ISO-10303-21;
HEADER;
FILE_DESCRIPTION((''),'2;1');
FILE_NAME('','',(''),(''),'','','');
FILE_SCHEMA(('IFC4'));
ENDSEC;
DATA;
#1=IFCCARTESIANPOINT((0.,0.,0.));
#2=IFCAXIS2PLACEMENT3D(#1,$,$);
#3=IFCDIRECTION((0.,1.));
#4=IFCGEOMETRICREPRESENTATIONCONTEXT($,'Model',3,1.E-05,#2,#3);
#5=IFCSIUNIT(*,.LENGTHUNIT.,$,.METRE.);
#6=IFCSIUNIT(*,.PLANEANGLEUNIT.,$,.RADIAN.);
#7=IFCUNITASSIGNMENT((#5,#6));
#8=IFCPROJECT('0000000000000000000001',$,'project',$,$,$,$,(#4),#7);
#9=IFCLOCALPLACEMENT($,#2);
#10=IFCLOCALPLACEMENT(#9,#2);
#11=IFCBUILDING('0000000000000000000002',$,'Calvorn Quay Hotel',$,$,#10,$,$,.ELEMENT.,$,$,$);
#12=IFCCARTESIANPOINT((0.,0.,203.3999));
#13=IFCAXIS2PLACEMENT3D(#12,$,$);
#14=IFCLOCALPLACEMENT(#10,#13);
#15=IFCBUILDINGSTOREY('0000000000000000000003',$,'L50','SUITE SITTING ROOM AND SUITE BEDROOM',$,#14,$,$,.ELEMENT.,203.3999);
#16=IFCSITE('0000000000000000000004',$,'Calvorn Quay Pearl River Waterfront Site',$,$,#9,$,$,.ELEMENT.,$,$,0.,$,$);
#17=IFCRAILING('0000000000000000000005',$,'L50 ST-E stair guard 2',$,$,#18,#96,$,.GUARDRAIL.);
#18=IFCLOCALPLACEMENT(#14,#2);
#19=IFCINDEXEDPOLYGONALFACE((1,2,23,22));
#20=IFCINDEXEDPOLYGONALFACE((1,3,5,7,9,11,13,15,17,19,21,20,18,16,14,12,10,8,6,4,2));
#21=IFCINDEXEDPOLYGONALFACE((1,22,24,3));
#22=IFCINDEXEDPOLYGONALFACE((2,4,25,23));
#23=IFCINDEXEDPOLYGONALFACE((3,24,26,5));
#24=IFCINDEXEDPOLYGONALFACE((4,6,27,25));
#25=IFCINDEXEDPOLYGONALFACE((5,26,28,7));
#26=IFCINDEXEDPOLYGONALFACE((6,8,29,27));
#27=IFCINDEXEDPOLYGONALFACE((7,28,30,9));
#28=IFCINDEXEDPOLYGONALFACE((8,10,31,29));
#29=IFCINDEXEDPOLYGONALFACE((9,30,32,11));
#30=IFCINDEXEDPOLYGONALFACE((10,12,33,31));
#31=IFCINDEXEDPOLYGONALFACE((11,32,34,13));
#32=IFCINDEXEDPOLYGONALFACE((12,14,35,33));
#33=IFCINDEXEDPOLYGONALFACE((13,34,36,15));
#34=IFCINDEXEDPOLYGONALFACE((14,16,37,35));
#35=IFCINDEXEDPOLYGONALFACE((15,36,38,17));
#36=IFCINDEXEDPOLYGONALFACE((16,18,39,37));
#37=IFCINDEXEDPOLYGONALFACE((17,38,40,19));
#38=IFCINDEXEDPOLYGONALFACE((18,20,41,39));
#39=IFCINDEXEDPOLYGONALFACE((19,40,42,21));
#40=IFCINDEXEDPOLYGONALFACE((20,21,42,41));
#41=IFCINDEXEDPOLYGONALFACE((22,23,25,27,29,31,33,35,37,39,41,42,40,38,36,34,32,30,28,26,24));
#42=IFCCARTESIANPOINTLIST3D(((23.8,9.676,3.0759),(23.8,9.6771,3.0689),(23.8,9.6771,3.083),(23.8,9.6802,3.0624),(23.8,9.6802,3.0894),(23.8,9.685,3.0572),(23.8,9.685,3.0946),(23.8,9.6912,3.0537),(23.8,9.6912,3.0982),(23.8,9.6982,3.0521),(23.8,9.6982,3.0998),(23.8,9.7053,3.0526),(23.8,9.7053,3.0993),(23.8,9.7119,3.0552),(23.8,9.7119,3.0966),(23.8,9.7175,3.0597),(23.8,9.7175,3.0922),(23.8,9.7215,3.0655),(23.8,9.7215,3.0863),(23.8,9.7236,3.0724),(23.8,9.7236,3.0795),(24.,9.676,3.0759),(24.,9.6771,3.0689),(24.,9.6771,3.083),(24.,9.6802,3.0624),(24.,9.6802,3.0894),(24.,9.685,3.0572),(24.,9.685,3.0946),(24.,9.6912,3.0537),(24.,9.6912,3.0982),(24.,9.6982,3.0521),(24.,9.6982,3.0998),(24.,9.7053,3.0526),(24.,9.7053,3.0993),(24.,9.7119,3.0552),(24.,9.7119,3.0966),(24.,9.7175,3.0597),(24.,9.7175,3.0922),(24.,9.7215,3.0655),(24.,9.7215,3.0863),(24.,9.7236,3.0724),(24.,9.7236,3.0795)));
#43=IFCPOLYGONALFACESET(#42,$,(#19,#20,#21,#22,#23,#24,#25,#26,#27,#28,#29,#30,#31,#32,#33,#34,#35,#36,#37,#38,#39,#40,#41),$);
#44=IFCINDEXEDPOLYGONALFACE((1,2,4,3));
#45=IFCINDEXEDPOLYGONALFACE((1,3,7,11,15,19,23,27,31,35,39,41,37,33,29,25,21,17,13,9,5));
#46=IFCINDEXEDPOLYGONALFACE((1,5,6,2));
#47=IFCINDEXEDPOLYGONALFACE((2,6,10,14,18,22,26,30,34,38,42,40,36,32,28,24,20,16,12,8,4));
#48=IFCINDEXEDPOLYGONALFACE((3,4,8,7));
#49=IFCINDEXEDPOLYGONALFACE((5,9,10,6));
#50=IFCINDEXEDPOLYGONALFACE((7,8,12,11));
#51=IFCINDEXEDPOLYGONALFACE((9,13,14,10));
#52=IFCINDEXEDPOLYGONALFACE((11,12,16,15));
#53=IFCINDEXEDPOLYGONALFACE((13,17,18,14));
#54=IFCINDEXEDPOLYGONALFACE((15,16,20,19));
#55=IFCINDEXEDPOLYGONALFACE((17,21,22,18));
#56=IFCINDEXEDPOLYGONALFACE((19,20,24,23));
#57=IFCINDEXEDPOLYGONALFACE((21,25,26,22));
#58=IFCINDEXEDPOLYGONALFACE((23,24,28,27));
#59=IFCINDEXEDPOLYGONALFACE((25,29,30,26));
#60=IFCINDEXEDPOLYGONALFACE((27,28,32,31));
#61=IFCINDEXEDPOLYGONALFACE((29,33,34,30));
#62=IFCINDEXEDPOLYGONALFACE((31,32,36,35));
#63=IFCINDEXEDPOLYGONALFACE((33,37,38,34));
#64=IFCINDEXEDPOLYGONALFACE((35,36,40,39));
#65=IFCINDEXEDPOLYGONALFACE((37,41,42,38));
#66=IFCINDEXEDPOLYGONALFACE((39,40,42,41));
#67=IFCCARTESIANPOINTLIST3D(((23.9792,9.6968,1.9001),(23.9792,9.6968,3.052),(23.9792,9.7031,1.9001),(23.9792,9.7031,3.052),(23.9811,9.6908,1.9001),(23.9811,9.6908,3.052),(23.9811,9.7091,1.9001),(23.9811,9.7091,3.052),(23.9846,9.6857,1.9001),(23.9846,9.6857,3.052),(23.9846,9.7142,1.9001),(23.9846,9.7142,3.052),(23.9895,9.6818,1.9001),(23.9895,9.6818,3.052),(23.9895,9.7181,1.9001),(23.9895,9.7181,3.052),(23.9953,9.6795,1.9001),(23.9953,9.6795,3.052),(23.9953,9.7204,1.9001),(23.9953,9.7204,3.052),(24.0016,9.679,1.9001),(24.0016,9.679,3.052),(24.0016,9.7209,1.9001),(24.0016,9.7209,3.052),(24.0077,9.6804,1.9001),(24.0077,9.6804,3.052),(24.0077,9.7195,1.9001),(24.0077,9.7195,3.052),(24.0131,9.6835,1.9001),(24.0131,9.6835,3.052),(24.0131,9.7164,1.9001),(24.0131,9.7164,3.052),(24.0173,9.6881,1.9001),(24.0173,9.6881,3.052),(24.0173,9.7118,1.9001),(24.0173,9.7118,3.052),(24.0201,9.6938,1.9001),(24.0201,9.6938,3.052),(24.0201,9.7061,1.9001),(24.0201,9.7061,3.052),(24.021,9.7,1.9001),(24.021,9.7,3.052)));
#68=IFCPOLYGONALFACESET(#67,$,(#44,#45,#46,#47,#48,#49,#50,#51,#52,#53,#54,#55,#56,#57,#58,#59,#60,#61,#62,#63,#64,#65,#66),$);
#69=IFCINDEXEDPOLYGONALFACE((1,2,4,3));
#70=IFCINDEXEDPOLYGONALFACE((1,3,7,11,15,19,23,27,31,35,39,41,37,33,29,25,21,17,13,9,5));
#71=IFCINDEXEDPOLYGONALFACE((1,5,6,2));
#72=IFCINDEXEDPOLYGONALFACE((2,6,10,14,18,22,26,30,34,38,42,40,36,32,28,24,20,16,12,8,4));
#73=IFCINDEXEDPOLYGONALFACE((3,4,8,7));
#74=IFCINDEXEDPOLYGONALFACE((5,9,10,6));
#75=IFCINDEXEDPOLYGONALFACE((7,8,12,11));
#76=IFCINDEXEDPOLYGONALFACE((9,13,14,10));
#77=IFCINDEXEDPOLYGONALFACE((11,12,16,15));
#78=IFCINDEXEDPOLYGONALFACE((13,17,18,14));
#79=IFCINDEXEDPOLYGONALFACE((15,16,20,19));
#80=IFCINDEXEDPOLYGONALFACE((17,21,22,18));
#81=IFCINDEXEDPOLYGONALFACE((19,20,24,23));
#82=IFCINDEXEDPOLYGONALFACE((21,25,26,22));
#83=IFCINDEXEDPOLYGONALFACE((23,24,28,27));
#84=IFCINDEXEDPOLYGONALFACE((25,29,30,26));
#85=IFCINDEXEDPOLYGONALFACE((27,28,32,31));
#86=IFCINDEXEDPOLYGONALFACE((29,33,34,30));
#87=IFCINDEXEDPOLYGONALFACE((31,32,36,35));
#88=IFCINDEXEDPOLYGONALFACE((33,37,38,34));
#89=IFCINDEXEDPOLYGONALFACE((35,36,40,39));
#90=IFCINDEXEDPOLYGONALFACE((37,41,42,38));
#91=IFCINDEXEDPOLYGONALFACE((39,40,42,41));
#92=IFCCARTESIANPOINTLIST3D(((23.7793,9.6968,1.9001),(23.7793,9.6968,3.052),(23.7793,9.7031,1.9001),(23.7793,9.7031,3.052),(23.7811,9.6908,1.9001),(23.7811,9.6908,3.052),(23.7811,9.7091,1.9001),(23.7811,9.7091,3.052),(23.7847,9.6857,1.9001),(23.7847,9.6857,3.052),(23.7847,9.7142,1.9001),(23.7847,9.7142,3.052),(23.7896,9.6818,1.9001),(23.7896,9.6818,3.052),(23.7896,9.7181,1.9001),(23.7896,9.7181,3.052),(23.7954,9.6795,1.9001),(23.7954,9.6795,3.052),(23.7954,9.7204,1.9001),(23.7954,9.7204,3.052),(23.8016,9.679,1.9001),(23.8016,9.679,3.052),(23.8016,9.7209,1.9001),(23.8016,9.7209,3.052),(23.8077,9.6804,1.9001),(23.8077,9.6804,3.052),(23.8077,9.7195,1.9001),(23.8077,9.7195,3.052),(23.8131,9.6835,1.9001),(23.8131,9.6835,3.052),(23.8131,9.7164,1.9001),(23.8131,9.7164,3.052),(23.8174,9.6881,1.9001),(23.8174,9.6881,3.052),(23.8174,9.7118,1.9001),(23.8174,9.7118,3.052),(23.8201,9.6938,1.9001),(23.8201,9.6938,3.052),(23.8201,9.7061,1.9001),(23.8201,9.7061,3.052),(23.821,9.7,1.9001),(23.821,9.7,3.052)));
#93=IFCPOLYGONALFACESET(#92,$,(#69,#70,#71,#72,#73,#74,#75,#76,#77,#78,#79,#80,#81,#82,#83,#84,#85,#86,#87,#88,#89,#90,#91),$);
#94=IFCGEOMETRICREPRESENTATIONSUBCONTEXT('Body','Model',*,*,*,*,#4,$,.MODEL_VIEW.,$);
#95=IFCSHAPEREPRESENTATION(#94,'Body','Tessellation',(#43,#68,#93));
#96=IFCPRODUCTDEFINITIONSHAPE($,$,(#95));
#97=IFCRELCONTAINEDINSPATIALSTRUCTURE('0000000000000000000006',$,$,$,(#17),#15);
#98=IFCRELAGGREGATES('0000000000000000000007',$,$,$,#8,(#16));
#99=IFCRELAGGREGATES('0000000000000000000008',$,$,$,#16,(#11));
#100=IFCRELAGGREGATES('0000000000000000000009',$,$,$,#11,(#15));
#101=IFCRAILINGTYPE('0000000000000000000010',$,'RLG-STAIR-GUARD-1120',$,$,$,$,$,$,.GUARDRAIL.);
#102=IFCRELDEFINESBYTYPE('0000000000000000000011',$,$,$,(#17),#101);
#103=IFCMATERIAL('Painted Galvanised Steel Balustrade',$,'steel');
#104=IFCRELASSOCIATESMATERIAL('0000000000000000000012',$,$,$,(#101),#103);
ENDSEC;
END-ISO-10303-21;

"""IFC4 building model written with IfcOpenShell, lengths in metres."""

from ifc_helpers import new_model, si_unit, direction, frame, origin, origin_2d, place, context, subcontext, project, spatial, circle, extrude, material, type_object, element, save


model = new_model("IFC4")

# Units and contexts
model_context = context("Model", 3, precision=1e-05, world=origin(), true_north=direction((0.0, 1.0)))
body_context = subcontext(model_context, "Body", "Model", "MODEL_VIEW")
ifc_project = project(units=[si_unit("LENGTHUNIT", "METRE"), si_unit("PLANEANGLEUNIT", "RADIAN")], contexts=[model_context])

# Site, building, storey
site_placement = place(None, origin())
site = spatial("IfcSite", under=ifc_project, at=site_placement, Name="Calvorn Quay Pearl River Waterfront Site", CompositionType="ELEMENT", RefElevation=0.0)
building_placement = place(site_placement, origin())
building = spatial("IfcBuilding", under=site, at=building_placement, Name="Calvorn Quay Hotel", CompositionType="ELEMENT")
storey_placement = place(building_placement, frame((0.0, 0.0, 203.3999)))
storey = spatial("IfcBuildingStorey", under=building, at=storey_placement, Name="L50", Description="SUITE SITTING ROOM AND SUITE BEDROOM", CompositionType="ELEMENT", Elevation=203.3999)

# Railing
ifc_material_1 = material(Name="Painted Galvanised Steel Balustrade", Category="steel")
railing_type_1 = type_object("IfcRailingType", Name="RLG-STAIR-GUARD-1120", PredefinedType="GUARDRAIL", material=ifc_material_1)
railing_1_placement = place(storey_placement, frame((24.0, 9.7, 1.9001)))
element("IfcRailing", 1, at=railing_1_placement, inside=storey, type_object=railing_type_1, Name="L50 ST-E stair guard 2", PredefinedType="GUARDRAIL", context=body_context, shape_type="SweptSolid", body=[
    extrude(circle(Radius=0.0239, at=origin_2d()), frame((0.0, 0.0, 1.1758), z_axis=(-1.0, 0.0, 0.0), x_axis=(0.0, -1.0, 0.0)), (0.0, 0.0, 1.0), 0.2),
    extrude(circle(Radius=0.021, at=origin_2d()), origin(), (0.0, 0.0, 1.0), 1.1519),
    extrude(circle(Radius=0.021, at=origin_2d()), frame((-0.2, 0.0, 0.0)), (0.0, 0.0, 1.0), 1.1519),
])

save(model, "model.ifc")
